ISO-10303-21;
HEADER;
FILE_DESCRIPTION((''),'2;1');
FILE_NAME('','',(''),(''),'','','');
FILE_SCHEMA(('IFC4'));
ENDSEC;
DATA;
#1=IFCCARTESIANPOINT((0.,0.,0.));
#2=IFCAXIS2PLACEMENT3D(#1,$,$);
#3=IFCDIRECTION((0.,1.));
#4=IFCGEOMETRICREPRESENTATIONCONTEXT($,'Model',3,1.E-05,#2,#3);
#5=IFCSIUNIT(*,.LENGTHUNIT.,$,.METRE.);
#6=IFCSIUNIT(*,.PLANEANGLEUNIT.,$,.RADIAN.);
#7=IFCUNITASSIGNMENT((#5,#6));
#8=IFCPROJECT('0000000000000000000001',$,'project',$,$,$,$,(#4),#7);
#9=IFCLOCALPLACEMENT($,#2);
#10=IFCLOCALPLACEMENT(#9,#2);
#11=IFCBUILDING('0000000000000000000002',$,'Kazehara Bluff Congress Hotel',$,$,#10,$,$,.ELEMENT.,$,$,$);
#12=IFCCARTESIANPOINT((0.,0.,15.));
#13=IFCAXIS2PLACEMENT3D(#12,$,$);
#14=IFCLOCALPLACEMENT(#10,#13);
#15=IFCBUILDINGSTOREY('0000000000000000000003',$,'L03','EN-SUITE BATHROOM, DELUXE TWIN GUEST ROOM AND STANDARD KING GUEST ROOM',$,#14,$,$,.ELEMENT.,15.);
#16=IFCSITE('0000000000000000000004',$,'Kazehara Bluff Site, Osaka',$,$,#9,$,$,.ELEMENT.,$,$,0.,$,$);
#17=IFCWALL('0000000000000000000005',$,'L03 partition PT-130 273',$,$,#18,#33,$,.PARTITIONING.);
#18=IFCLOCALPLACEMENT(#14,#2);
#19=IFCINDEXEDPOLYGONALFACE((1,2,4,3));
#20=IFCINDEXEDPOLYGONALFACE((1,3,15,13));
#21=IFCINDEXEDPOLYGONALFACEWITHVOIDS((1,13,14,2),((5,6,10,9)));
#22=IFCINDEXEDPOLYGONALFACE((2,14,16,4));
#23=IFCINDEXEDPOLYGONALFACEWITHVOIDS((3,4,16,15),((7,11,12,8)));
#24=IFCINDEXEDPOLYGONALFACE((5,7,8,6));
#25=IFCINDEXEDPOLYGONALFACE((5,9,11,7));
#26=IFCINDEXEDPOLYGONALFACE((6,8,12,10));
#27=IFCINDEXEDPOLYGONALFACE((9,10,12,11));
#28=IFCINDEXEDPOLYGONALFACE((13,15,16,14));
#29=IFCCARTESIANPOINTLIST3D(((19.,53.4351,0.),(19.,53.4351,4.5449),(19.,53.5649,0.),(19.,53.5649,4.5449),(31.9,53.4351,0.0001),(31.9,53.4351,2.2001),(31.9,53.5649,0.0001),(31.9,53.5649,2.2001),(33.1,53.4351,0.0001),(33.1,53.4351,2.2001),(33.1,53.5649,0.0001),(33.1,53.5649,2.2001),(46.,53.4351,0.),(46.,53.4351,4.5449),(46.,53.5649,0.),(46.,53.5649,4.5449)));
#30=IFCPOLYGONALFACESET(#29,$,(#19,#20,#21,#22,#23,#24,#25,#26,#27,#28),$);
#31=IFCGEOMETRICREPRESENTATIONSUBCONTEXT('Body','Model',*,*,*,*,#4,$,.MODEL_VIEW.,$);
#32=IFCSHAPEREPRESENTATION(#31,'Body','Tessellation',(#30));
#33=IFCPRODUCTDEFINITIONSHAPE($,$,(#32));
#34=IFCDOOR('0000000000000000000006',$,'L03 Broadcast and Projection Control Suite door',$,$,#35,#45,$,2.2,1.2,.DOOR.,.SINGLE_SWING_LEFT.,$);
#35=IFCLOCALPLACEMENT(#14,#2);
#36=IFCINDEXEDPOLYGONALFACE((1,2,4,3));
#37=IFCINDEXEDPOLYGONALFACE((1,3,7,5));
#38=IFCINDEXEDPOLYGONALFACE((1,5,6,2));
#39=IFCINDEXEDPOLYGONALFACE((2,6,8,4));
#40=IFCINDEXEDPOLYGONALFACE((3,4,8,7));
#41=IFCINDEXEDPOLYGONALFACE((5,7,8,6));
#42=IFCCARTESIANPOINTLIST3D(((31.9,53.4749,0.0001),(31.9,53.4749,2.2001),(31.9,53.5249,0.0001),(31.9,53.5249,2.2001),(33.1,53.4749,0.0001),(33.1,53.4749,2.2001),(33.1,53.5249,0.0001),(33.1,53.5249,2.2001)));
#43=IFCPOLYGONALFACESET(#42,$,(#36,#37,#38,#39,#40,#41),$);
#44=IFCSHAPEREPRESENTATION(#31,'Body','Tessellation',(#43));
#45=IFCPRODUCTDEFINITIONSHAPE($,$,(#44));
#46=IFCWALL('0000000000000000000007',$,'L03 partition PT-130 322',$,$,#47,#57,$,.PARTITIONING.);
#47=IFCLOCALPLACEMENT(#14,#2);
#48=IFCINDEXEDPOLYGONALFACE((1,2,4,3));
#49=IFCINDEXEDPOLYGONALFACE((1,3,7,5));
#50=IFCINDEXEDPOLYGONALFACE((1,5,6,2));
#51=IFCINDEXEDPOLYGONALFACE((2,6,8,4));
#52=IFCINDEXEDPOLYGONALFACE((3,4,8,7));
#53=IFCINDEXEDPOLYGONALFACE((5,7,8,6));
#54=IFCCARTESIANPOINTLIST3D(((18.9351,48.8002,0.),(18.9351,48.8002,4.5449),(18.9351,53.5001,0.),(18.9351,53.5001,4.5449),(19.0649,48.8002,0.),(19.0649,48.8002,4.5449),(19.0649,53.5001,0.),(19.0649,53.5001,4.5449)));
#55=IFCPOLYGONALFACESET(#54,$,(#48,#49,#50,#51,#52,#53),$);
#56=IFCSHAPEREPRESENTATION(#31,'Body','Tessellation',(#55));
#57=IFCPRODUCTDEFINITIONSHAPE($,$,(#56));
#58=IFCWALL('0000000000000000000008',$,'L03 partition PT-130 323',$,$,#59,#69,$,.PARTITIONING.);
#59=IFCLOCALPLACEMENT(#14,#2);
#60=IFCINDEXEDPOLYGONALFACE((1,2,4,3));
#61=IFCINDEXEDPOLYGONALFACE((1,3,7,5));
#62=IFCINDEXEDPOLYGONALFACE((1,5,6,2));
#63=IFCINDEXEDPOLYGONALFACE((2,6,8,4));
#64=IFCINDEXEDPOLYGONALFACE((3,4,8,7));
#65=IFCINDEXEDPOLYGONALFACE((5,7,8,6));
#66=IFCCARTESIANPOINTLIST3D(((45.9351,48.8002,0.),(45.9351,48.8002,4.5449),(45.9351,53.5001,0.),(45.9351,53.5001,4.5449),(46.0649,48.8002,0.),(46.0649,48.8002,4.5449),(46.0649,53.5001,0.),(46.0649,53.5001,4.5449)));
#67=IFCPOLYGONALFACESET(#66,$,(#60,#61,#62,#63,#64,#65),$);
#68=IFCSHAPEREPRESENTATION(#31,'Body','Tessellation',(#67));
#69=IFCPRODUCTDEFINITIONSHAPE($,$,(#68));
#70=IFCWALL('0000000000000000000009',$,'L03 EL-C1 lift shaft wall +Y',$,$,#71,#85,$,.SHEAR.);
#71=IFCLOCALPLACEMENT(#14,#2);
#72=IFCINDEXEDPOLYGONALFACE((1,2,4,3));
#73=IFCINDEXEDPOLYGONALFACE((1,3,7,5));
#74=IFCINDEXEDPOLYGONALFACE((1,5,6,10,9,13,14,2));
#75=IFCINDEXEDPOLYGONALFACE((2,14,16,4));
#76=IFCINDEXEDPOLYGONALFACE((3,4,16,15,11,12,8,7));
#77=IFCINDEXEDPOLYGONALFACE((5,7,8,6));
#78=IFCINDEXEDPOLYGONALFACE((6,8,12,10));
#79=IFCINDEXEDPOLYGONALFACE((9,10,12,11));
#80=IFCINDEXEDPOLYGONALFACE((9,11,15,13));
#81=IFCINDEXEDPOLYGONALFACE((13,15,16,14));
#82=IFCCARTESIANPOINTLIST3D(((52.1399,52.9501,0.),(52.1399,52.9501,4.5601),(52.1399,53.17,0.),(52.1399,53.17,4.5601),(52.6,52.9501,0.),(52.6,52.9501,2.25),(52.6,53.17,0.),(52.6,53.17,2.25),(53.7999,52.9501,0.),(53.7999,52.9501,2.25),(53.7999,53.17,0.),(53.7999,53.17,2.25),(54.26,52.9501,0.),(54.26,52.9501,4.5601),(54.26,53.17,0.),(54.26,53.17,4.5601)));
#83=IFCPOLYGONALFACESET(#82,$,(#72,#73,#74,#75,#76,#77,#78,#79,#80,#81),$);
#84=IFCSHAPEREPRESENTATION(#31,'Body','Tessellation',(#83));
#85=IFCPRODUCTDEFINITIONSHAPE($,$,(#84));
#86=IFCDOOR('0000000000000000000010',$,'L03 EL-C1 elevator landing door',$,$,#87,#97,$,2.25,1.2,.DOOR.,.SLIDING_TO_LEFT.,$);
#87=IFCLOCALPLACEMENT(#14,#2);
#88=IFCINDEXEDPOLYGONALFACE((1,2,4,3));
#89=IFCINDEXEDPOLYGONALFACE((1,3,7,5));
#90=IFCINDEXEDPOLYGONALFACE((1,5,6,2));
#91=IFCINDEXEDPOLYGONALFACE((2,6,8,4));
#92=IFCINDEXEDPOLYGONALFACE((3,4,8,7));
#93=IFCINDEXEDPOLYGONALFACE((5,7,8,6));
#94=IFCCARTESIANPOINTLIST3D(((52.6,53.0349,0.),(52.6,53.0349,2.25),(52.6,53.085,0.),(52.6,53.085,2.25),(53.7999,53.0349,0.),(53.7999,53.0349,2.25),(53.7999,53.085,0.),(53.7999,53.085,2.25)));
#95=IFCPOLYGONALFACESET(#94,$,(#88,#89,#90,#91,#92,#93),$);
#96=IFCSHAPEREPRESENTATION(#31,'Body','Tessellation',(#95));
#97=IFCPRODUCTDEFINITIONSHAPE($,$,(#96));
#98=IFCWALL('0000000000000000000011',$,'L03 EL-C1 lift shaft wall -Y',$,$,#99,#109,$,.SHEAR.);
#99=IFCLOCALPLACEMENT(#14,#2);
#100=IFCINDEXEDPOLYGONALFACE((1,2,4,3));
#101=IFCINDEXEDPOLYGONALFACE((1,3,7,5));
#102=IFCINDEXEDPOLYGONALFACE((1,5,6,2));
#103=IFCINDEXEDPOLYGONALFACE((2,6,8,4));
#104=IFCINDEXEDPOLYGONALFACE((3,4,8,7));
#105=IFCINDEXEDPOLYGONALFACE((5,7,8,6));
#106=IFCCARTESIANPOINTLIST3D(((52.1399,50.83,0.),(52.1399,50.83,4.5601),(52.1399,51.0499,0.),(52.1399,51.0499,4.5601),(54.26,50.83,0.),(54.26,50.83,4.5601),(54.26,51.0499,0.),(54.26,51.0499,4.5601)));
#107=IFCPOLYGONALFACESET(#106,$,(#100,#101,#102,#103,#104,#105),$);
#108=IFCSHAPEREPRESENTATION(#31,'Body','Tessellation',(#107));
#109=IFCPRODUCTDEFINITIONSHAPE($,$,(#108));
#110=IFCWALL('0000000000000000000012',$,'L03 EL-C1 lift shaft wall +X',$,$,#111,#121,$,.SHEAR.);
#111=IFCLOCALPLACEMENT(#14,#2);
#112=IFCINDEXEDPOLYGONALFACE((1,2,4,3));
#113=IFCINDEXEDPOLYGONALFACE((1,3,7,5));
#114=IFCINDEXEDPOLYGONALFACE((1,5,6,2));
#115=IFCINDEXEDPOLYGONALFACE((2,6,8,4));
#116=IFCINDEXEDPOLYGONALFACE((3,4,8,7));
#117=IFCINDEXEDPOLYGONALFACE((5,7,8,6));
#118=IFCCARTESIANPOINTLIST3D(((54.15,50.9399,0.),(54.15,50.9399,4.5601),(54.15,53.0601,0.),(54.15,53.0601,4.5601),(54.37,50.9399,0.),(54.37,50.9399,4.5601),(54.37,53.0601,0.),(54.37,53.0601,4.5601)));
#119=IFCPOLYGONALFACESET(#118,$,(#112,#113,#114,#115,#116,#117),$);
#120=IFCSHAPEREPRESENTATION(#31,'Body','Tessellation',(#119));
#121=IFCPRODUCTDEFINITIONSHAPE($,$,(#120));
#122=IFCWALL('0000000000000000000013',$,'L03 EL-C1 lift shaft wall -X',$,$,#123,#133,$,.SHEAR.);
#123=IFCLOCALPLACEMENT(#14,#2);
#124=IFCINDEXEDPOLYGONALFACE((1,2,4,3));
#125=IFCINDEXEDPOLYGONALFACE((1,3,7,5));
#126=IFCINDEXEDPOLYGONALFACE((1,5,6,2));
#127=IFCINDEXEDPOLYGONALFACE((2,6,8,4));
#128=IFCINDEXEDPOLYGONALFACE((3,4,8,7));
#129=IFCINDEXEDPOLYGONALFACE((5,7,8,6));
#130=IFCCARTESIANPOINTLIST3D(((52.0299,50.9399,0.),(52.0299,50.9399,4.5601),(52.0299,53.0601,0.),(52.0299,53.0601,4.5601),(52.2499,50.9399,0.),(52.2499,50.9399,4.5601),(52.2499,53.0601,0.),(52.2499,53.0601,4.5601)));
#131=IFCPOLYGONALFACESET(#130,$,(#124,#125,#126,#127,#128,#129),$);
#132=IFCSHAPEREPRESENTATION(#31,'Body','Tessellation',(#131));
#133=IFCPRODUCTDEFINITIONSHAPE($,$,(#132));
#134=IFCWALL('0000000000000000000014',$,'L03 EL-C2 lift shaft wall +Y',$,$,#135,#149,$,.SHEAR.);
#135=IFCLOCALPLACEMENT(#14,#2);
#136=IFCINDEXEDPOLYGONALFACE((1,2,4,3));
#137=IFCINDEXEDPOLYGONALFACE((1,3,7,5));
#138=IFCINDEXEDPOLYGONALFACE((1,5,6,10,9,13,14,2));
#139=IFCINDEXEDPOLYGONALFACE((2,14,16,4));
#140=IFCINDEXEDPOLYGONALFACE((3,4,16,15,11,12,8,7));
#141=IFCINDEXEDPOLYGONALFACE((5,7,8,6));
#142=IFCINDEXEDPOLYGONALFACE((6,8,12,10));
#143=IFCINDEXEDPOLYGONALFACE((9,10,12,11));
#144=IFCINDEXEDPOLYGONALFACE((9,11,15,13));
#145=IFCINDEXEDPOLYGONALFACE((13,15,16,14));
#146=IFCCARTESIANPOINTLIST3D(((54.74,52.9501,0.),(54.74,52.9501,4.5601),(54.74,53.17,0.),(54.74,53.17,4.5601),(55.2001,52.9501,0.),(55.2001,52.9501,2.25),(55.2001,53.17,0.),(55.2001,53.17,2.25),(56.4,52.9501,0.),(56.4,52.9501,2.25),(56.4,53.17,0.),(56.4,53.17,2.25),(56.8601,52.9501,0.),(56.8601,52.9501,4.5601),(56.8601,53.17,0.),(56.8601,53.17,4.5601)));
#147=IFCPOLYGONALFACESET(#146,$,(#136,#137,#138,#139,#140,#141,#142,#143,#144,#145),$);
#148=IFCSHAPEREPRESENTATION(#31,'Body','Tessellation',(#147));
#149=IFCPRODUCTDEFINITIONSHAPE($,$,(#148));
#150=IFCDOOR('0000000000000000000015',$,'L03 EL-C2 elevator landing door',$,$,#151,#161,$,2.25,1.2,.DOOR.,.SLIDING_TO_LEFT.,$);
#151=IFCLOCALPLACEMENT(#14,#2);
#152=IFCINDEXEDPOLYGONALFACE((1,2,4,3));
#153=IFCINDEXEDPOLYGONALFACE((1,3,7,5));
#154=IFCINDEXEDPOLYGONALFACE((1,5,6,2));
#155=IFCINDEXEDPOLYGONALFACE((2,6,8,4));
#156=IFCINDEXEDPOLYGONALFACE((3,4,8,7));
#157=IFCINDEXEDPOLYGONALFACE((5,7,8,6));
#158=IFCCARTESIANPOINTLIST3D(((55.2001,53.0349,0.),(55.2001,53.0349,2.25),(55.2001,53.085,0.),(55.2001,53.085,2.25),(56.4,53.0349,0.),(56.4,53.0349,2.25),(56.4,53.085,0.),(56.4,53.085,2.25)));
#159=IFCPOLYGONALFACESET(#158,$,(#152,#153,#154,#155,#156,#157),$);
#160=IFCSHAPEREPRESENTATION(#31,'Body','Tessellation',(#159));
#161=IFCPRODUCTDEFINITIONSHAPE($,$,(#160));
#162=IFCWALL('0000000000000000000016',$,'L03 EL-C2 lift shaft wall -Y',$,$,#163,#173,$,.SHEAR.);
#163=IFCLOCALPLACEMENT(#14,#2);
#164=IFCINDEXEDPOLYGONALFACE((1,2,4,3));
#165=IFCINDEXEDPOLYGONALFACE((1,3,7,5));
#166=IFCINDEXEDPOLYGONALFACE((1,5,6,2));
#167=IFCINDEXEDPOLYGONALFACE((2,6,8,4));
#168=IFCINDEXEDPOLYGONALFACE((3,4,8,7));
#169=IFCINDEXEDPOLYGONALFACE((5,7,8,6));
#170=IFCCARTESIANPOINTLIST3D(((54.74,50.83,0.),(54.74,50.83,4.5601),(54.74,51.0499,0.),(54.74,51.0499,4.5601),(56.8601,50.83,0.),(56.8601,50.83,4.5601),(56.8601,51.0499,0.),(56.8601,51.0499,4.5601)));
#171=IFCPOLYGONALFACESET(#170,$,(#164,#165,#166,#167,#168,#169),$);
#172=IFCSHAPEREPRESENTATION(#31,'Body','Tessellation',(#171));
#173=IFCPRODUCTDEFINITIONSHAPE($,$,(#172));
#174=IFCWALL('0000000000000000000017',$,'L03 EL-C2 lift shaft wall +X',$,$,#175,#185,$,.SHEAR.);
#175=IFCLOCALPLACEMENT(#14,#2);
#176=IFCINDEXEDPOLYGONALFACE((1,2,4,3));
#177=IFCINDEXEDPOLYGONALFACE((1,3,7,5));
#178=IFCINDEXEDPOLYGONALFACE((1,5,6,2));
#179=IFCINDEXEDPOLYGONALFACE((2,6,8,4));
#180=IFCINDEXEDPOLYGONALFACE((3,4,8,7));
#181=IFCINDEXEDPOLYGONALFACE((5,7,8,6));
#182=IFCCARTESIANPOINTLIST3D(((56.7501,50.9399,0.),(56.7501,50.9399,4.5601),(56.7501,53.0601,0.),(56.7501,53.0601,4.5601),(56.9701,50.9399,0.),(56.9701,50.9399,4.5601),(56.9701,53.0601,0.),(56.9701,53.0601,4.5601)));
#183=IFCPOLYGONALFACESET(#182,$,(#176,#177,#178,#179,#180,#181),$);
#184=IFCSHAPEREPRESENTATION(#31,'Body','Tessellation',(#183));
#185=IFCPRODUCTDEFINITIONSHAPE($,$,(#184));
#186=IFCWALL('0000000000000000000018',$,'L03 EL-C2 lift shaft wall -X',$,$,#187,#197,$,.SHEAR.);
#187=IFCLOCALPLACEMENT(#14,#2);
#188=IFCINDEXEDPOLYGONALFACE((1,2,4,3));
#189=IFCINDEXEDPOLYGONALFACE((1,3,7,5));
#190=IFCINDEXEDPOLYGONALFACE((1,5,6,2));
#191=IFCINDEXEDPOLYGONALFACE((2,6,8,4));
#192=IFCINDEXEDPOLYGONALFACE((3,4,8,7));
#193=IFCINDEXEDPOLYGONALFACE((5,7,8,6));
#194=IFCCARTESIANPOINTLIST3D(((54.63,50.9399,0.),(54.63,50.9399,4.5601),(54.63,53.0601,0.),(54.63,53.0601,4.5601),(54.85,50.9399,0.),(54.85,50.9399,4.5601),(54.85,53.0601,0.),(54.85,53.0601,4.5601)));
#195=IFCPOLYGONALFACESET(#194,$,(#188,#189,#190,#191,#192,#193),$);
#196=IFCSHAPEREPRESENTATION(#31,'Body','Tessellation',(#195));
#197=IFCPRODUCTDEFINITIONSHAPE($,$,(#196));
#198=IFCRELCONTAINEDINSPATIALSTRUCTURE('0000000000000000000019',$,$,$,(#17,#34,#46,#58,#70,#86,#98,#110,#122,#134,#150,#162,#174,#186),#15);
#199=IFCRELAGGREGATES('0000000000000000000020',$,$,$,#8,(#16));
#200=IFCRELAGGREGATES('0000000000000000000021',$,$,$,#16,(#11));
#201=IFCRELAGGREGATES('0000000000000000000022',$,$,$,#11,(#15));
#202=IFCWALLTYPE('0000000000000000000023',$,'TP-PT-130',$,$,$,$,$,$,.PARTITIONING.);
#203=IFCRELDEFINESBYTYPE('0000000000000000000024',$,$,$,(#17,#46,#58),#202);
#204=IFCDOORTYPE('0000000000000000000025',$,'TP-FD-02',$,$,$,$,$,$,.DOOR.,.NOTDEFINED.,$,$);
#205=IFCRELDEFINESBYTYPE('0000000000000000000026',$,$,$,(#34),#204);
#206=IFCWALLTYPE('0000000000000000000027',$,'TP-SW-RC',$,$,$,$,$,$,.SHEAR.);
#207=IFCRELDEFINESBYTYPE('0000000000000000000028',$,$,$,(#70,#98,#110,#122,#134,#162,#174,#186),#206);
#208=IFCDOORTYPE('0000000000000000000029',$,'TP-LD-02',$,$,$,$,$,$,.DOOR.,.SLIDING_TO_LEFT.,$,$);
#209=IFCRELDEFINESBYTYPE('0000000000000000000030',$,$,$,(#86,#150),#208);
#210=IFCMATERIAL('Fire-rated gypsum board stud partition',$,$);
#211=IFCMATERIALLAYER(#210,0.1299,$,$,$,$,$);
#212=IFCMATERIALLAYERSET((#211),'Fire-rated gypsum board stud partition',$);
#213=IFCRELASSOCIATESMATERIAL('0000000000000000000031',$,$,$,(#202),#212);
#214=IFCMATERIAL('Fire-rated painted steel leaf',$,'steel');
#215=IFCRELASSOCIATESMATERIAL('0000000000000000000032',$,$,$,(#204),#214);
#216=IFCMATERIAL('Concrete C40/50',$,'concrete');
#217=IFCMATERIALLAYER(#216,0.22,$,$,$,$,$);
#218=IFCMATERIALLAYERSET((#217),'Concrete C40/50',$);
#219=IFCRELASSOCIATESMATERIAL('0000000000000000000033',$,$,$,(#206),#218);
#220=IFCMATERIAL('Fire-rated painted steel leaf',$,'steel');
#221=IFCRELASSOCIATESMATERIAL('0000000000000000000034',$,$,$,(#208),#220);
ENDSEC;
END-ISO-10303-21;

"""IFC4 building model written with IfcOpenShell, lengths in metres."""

from ifc_helpers import new_model, si_unit, direction, frame, frame_2d, origin, place, context, subcontext, project, spatial, rectangle, extrude, material, layer, layer_set, type_object, element, fill, save


model = new_model("IFC4")

# Units and contexts
model_context = context("Model", 3, precision=1e-05, world=origin(), true_north=direction((0.0, 1.0)))
body_context = subcontext(model_context, "Body", "Model", "MODEL_VIEW")
ifc_project = project(units=[si_unit("LENGTHUNIT", "METRE"), si_unit("PLANEANGLEUNIT", "RADIAN")], contexts=[model_context])

# Site, building, storey
site_placement = place(None, origin())
site = spatial("IfcSite", under=ifc_project, at=site_placement, Name="Kazehara Bluff Site, Osaka", CompositionType="ELEMENT", RefElevation=0.0)
building_placement = place(site_placement, origin())
building = spatial("IfcBuilding", under=site, at=building_placement, Name="Kazehara Bluff Congress Hotel", CompositionType="ELEMENT")
storey_placement = place(building_placement, frame((0.0, 0.0, 15.0)))
storey = spatial("IfcBuildingStorey", under=building, at=storey_placement, Name="L03", Description="EN-SUITE BATHROOM, DELUXE TWIN GUEST ROOM AND STANDARD KING GUEST ROOM", CompositionType="ELEMENT", Elevation=15.0)

# Wall, opening, door
ifc_material_1 = material(Name="Fire-rated gypsum board stud partition")
ifc_layer_1 = layer(ifc_material_1, 0.1299)
ifc_layer_set_1 = layer_set([ifc_layer_1], Name="Fire-rated gypsum board stud partition")
wall_type_1 = type_object("IfcWallType", Name="TP-PT-130", PredefinedType="PARTITIONING", material=ifc_layer_set_1)
wall_1_placement = place(storey_placement, frame((19.0, 53.5, 0.0), z_axis=(0.0, 0.0, 1.0), x_axis=(1.0, 0.0, 0.0)))
wall_1 = element("IfcWall", 1, at=wall_1_placement, inside=storey, type_object=wall_type_1, Name="L03 partition PT-130 273", PredefinedType="PARTITIONING", context=body_context, shape_type="SweptSolid", body=[
    extrude(rectangle(XDim=27.0, YDim=0.1299, at=frame_2d((13.5, 0.0))), origin(), (0.0, 0.0, 1.0), 4.5449),
])
opening_1_placement = place(wall_1_placement, frame((12.8999, 0.0, 0.0)))
opening_1 = element("IfcOpeningElement", 2, at=opening_1_placement, cuts=wall_1, PredefinedType="OPENING", context=body_context, shape_type="SweptSolid", body=[
    extrude(rectangle(XDim=1.2, YDim=2.2, at=frame_2d((0.6001, 1.1001))), frame((0.0, 0.075, 0.0), z_axis=(0.0, -1.0, 0.0), x_axis=(1.0, 0.0, 0.0)), (0.0, 0.0, 1.0), 0.1499),
])
ifc_material_2 = material(Name="Fire-rated painted steel leaf", Category="steel")
door_type_1 = type_object("IfcDoorType", Name="TP-FD-02", OperationType="NOTDEFINED", PredefinedType="DOOR", material=ifc_material_2)
door_1_placement = place(opening_1_placement, origin())
door_1 = element("IfcDoor", 3, at=door_1_placement, inside=storey, type_object=door_type_1, Name="L03 Broadcast and Projection Control Suite door", OperationType="SINGLE_SWING_LEFT", OverallHeight=2.2, OverallWidth=1.2, PredefinedType="DOOR", context=body_context, shape_type="SweptSolid", body=[
    extrude(rectangle(XDim=1.2, YDim=2.2, at=frame_2d((0.6001, 1.1001))), frame((0.0, 0.0249, 0.0), z_axis=(0.0, -1.0, 0.0), x_axis=(1.0, 0.0, 0.0)), (0.0, 0.0, 1.0), 0.05),
])
fill(opening_1, door_1)

# Walls
for number, where, z_axis, x_axis, name in (
    (4, (19.0, 48.8, 0.0), (0.0, 0.0, 1.0), (0.0, 1.0, 0.0), "L03 partition PT-130 322"),
    (5, (46.0, 48.8, 0.0), (0.0, 0.0, 1.0), (0.0, 1.0, 0.0), "L03 partition PT-130 323"),
):
    element("IfcWall", number, at=place(storey_placement, frame(where, z_axis=z_axis, x_axis=x_axis)), inside=storey, type_object=wall_type_1, Name=name, PredefinedType="PARTITIONING", context=body_context, shape_type="SweptSolid", body=[
        extrude(rectangle(XDim=4.7, YDim=0.1299, at=frame_2d((2.3501, 0.0))), origin(), (0.0, 0.0, 1.0), 4.5449),
    ])

# Wall, opening, door
ifc_material_3 = material(Name="Concrete C40/50", Category="concrete")
ifc_layer_2 = layer(ifc_material_3, 0.22)
ifc_layer_set_2 = layer_set([ifc_layer_2], Name="Concrete C40/50")
wall_type_2 = type_object("IfcWallType", Name="TP-SW-RC", PredefinedType="SHEAR", material=ifc_layer_set_2)
wall_2_placement = place(storey_placement, frame((52.1399, 53.0601, 0.0), z_axis=(0.0, 0.0, 1.0), x_axis=(1.0, 0.0, 0.0)))
wall_2 = element("IfcWall", 6, at=wall_2_placement, inside=storey, type_object=wall_type_2, Name="L03 EL-C1 lift shaft wall +Y", PredefinedType="SHEAR", context=body_context, shape_type="SweptSolid", body=[
    extrude(rectangle(XDim=2.1201, YDim=0.22, at=frame_2d((1.0601, 0.0))), origin(), (0.0, 0.0, 1.0), 4.5601),
])
opening_2_placement = place(wall_2_placement, frame((0.46, 0.0, 0.0)))
opening_2 = element("IfcOpeningElement", 7, at=opening_2_placement, cuts=wall_2, PredefinedType="OPENING", context=body_context, shape_type="SweptSolid", body=[
    extrude(rectangle(XDim=1.2, YDim=2.25, at=frame_2d((0.6001, 1.125))), frame((0.0, 0.1199, 0.0), z_axis=(0.0, -1.0, 0.0), x_axis=(1.0, 0.0, 0.0)), (0.0, 0.0, 1.0), 0.24),
])
ifc_material_4 = material(Name="Fire-rated painted steel leaf", Category="steel")
door_type_2 = type_object("IfcDoorType", Name="TP-LD-02", OperationType="SLIDING_TO_LEFT", PredefinedType="DOOR", material=ifc_material_4)
door_2_placement = place(opening_2_placement, origin())
door_2 = element("IfcDoor", 8, at=door_2_placement, inside=storey, type_object=door_type_2, Name="L03 EL-C1 elevator landing door", OperationType="SLIDING_TO_LEFT", OverallHeight=2.25, OverallWidth=1.2, PredefinedType="DOOR", context=body_context, shape_type="SweptSolid", body=[
    extrude(rectangle(XDim=1.2, YDim=2.25, at=frame_2d((0.6001, 1.125))), frame((0.0, 0.0249, 0.0), z_axis=(0.0, -1.0, 0.0), x_axis=(1.0, 0.0, 0.0)), (0.0, 0.0, 1.0), 0.05),
])
fill(opening_2, door_2)

# Walls
for number, where, z_axis, x_axis, name in (
    (9, (52.1399, 50.9399, 0.0), (0.0, 0.0, 1.0), (1.0, 0.0, 0.0), "L03 EL-C1 lift shaft wall -Y"),
    (10, (54.26, 50.9399, 0.0), (0.0, 0.0, 1.0), (0.0, 1.0, 0.0), "L03 EL-C1 lift shaft wall +X"),
    (11, (52.1399, 50.9399, 0.0), (0.0, 0.0, 1.0), (0.0, 1.0, 0.0), "L03 EL-C1 lift shaft wall -X"),
):
    element("IfcWall", number, at=place(storey_placement, frame(where, z_axis=z_axis, x_axis=x_axis)), inside=storey, type_object=wall_type_2, Name=name, PredefinedType="SHEAR", context=body_context, shape_type="SweptSolid", body=[
        extrude(rectangle(XDim=2.1201, YDim=0.22, at=frame_2d((1.0601, 0.0))), origin(), (0.0, 0.0, 1.0), 4.5601),
    ])

# Wall, opening, door
wall_3_placement = place(storey_placement, frame((54.74, 53.0601, 0.0), z_axis=(0.0, 0.0, 1.0), x_axis=(1.0, 0.0, 0.0)))
wall_3 = element("IfcWall", 12, at=wall_3_placement, inside=storey, type_object=wall_type_2, Name="L03 EL-C2 lift shaft wall +Y", PredefinedType="SHEAR", context=body_context, shape_type="SweptSolid", body=[
    extrude(rectangle(XDim=2.1201, YDim=0.22, at=frame_2d((1.0601, 0.0))), origin(), (0.0, 0.0, 1.0), 4.5601),
])
opening_3_placement = place(wall_3_placement, frame((0.46, 0.0, 0.0)))
opening_3 = element("IfcOpeningElement", 13, at=opening_3_placement, cuts=wall_3, PredefinedType="OPENING", context=body_context, shape_type="SweptSolid", body=[
    extrude(rectangle(XDim=1.2, YDim=2.25, at=frame_2d((0.6001, 1.125))), frame((0.0, 0.1199, 0.0), z_axis=(0.0, -1.0, 0.0), x_axis=(1.0, 0.0, 0.0)), (0.0, 0.0, 1.0), 0.24),
])
door_3_placement = place(opening_3_placement, origin())
door_3 = element("IfcDoor", 14, at=door_3_placement, inside=storey, type_object=door_type_2, Name="L03 EL-C2 elevator landing door", OperationType="SLIDING_TO_LEFT", OverallHeight=2.25, OverallWidth=1.2, PredefinedType="DOOR", context=body_context, shape_type="SweptSolid", body=[
    extrude(rectangle(XDim=1.2, YDim=2.25, at=frame_2d((0.6001, 1.125))), frame((0.0, 0.0249, 0.0), z_axis=(0.0, -1.0, 0.0), x_axis=(1.0, 0.0, 0.0)), (0.0, 0.0, 1.0), 0.05),
])
fill(opening_3, door_3)

# Walls
for number, where, z_axis, x_axis, name in (
    (15, (54.74, 50.9399, 0.0), (0.0, 0.0, 1.0), (1.0, 0.0, 0.0), "L03 EL-C2 lift shaft wall -Y"),
    (16, (56.8601, 50.9399, 0.0), (0.0, 0.0, 1.0), (0.0, 1.0, 0.0), "L03 EL-C2 lift shaft wall +X"),
    (17, (54.74, 50.9399, 0.0), (0.0, 0.0, 1.0), (0.0, 1.0, 0.0), "L03 EL-C2 lift shaft wall -X"),
):
    element("IfcWall", number, at=place(storey_placement, frame(where, z_axis=z_axis, x_axis=x_axis)), inside=storey, type_object=wall_type_2, Name=name, PredefinedType="SHEAR", context=body_context, shape_type="SweptSolid", body=[
        extrude(rectangle(XDim=2.1201, YDim=0.22, at=frame_2d((1.0601, 0.0))), origin(), (0.0, 0.0, 1.0), 4.5601),
    ])

save(model, "model.ifc")
